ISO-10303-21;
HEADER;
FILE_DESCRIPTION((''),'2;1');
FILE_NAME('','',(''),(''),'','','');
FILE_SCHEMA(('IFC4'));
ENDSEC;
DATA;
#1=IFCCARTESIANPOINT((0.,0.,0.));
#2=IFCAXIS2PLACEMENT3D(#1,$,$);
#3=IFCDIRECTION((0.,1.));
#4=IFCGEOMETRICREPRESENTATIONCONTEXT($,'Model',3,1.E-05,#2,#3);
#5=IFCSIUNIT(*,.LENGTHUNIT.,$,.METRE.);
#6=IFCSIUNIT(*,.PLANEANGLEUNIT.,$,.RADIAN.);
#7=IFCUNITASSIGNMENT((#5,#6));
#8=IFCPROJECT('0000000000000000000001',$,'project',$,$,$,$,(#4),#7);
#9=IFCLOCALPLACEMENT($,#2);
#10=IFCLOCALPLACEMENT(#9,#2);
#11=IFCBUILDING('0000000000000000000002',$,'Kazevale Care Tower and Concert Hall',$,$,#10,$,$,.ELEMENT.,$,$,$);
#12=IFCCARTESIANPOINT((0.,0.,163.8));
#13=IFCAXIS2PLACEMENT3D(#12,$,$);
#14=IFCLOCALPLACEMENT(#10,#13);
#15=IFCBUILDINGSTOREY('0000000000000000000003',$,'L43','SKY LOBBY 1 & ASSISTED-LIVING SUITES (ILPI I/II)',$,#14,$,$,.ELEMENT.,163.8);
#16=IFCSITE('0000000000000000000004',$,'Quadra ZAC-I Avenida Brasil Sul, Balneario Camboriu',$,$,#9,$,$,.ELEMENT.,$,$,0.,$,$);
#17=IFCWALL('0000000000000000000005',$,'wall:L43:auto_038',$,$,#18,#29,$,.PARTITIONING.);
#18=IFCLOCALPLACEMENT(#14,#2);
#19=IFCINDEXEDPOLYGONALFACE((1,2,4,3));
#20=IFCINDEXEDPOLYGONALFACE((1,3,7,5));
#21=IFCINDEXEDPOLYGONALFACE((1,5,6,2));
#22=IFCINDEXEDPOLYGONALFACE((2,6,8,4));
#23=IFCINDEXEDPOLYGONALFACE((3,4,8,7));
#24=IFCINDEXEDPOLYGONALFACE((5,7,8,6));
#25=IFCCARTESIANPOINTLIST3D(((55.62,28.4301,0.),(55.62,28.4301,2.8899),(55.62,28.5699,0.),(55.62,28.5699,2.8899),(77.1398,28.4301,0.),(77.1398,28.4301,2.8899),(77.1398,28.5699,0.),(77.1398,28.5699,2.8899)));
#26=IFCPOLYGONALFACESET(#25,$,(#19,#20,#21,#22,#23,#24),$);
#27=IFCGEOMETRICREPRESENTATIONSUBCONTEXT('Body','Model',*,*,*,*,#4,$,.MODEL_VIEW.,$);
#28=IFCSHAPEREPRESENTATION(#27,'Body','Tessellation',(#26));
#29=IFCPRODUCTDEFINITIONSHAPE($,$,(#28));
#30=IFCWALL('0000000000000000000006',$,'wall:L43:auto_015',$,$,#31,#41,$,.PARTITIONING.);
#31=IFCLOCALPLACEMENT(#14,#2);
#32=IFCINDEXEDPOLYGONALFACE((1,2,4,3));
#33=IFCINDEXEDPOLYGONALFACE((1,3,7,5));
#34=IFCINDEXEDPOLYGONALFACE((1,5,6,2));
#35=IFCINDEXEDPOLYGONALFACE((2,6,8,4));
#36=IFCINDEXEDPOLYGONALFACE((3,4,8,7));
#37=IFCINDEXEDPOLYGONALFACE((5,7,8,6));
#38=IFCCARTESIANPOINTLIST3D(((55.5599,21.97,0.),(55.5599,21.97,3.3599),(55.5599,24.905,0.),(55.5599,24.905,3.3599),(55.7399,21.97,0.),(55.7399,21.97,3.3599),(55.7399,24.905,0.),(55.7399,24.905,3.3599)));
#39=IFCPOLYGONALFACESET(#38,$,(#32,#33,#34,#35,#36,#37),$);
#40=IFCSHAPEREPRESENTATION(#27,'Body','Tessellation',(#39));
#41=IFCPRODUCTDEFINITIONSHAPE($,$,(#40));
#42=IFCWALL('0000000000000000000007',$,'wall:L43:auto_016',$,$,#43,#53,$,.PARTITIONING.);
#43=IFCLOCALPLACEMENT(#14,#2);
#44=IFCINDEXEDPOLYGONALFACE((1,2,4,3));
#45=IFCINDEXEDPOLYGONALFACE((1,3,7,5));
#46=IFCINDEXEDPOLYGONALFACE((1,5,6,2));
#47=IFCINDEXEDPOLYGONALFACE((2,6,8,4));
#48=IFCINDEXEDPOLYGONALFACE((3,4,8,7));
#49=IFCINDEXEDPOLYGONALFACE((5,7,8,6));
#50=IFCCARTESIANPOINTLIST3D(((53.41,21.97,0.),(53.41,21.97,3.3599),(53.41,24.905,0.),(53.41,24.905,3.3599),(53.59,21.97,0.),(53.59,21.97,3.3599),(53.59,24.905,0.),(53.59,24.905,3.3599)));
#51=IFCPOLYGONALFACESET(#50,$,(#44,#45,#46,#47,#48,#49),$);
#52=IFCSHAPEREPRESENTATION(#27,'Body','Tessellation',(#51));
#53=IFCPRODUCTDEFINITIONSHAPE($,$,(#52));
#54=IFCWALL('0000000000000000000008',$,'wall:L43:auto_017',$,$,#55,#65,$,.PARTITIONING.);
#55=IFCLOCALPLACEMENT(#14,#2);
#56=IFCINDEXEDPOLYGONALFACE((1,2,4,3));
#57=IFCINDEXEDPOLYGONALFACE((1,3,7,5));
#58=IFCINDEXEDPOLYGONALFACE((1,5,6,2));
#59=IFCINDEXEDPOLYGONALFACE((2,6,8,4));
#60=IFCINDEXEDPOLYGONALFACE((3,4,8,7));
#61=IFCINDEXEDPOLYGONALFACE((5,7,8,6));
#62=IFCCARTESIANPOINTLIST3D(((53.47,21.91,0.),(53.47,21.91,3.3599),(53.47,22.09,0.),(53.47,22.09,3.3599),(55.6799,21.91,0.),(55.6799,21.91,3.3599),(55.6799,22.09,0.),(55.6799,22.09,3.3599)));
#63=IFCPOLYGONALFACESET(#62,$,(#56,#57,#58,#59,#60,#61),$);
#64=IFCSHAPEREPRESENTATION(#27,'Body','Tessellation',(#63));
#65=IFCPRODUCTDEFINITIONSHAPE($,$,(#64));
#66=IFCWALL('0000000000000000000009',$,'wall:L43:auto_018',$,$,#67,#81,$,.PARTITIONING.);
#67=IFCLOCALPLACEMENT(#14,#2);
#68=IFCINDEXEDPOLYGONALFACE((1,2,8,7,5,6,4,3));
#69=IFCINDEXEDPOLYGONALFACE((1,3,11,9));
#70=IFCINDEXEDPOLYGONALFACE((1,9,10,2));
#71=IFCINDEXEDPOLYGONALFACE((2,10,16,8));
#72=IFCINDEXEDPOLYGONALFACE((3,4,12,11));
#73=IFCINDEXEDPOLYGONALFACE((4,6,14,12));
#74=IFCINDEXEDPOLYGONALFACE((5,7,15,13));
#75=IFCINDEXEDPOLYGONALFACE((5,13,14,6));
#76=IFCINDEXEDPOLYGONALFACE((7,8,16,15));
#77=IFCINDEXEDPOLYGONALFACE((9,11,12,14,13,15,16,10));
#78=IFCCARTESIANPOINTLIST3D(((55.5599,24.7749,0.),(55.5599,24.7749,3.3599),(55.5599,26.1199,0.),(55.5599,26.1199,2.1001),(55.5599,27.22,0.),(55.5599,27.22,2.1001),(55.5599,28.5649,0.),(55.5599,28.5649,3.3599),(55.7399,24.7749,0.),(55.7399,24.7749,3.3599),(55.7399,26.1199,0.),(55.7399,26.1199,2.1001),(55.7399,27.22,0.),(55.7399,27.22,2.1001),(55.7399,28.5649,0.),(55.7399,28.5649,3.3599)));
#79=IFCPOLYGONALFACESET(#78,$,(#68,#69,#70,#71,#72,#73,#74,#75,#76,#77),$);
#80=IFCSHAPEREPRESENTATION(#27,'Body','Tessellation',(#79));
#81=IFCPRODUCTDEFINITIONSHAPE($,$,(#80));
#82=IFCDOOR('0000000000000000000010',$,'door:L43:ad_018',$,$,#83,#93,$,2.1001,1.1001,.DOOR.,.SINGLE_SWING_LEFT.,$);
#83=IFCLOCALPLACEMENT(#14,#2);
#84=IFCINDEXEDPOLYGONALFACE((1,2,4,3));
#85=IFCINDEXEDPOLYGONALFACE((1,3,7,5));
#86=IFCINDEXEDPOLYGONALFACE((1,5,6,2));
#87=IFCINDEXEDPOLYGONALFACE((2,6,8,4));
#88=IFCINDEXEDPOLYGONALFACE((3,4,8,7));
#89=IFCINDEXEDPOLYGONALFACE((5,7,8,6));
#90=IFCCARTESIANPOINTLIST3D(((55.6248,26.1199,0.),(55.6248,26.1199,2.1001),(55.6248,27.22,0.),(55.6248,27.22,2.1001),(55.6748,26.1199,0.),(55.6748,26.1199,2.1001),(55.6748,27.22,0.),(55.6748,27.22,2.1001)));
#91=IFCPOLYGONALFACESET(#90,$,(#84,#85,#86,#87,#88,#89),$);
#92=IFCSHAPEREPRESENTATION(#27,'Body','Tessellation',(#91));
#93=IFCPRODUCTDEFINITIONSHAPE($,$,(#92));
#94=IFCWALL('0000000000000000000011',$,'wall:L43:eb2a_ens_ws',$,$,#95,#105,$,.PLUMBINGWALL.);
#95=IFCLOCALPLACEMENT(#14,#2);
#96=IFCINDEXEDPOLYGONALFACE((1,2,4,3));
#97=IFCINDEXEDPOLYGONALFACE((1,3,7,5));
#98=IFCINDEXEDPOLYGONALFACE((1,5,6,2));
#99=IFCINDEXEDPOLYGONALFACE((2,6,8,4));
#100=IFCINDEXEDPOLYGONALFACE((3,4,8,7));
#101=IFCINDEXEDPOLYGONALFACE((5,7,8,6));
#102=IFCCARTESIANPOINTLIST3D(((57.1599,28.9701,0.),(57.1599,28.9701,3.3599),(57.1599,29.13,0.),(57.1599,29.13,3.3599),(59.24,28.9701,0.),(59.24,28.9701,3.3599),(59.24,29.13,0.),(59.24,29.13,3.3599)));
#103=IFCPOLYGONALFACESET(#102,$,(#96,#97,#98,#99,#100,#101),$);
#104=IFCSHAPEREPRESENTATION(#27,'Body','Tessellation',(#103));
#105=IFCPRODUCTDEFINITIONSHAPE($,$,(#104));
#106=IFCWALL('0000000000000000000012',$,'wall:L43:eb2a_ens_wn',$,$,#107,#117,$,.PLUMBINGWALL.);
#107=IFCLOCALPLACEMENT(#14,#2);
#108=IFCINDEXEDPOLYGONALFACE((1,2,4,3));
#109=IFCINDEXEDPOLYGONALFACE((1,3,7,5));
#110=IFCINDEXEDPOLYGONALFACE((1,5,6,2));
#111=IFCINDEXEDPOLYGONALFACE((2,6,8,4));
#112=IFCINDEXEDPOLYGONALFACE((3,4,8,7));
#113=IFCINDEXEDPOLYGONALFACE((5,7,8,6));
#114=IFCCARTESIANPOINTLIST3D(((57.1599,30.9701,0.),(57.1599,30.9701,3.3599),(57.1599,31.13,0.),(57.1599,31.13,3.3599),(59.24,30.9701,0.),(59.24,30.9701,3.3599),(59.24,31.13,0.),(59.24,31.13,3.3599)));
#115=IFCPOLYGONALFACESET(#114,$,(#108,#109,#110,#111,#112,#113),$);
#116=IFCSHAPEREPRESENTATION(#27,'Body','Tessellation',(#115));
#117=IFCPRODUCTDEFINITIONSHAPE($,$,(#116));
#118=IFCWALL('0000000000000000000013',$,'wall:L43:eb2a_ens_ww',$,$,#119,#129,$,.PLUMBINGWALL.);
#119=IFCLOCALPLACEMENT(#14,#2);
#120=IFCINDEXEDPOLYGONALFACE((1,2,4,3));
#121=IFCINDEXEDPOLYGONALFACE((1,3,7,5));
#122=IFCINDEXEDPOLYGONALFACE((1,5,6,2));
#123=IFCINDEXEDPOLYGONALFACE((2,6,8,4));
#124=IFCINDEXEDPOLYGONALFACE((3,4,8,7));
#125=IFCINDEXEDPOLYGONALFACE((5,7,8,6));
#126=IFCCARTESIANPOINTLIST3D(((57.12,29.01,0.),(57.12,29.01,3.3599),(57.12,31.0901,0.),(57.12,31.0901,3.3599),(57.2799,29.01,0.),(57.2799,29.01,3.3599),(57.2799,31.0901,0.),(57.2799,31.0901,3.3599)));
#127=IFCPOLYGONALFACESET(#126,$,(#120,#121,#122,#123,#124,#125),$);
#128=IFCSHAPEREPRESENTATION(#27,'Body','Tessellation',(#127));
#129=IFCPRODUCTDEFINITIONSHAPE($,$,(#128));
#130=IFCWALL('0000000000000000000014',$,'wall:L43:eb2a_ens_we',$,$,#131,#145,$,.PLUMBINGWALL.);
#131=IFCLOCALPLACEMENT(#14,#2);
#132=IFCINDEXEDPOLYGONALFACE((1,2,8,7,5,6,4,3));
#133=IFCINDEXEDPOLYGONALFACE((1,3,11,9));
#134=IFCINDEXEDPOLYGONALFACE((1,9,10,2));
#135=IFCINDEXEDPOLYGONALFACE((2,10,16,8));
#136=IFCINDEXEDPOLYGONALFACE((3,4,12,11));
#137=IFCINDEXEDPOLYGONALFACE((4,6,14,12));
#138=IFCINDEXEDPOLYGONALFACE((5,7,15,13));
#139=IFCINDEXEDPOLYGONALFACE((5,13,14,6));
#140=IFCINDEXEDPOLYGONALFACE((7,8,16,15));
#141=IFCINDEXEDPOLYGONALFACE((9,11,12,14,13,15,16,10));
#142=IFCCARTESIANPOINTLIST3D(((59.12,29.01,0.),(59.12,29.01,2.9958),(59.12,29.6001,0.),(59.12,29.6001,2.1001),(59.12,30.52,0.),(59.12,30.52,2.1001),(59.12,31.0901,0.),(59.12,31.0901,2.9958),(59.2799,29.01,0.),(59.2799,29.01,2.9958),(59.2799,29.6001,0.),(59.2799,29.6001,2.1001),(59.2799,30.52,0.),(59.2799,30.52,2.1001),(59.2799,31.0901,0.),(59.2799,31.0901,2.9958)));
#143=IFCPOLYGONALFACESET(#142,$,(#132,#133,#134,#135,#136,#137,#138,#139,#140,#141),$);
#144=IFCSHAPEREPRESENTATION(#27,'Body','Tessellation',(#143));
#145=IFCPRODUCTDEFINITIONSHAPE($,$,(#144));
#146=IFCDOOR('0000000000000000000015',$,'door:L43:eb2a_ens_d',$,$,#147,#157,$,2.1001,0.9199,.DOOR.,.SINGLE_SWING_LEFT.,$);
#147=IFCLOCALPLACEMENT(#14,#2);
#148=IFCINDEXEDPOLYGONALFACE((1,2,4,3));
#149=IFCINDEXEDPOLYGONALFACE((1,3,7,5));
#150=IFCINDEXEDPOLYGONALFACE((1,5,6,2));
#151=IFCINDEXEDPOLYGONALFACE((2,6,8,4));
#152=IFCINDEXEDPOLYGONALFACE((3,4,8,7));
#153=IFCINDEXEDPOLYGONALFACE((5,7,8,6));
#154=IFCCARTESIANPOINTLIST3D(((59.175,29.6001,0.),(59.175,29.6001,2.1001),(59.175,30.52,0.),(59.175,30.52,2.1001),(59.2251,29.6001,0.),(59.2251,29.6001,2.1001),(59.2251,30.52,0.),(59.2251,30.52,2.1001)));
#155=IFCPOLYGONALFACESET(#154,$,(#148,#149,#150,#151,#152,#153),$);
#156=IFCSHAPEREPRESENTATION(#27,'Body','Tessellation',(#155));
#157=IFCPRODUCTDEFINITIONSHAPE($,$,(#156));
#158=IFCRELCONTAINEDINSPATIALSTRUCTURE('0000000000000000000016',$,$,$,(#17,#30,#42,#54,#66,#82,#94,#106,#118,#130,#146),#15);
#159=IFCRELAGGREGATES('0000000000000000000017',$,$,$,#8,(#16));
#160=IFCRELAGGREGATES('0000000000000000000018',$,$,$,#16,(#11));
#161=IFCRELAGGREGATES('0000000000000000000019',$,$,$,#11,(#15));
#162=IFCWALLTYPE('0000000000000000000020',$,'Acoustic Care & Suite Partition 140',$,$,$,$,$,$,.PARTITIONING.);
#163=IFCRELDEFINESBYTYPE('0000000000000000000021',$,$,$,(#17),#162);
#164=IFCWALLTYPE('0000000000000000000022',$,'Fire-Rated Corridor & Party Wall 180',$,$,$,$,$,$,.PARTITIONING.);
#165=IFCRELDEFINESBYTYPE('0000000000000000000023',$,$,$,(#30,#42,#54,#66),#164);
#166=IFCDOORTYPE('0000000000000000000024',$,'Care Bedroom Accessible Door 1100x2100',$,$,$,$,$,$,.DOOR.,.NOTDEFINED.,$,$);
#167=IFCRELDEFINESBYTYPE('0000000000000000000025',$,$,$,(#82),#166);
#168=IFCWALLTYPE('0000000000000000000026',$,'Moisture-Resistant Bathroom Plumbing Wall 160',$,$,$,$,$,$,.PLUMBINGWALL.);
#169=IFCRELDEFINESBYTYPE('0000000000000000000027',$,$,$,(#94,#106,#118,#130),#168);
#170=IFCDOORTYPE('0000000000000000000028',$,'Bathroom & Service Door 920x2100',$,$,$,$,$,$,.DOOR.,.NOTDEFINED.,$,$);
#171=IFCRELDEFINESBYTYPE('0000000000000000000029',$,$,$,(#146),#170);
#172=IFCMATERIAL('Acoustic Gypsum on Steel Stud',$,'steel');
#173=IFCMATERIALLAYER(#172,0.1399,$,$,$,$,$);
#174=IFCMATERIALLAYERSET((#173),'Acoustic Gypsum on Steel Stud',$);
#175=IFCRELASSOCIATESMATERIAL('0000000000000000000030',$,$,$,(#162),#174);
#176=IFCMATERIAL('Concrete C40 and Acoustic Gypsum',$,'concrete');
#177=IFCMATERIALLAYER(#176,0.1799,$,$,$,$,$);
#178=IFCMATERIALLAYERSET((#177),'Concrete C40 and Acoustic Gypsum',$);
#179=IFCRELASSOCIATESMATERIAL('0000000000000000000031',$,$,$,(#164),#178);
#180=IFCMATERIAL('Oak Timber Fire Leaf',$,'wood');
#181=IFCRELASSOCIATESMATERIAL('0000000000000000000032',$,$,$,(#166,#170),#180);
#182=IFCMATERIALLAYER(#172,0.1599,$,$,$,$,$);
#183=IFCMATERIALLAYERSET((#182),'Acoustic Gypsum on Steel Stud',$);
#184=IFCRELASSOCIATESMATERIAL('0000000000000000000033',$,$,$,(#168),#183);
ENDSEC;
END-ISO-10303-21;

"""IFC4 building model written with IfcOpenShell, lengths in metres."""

from ifc_helpers import new_model, si_unit, direction, frame, frame_2d, origin, place, context, subcontext, project, spatial, rectangle, extrude, material, layer, layer_set, type_object, element, fill, save


model = new_model("IFC4")

# Units and contexts
model_context = context("Model", 3, precision=1e-05, world=origin(), true_north=direction((0.0, 1.0)))
body_context = subcontext(model_context, "Body", "Model", "MODEL_VIEW")
ifc_project = project(units=[si_unit("LENGTHUNIT", "METRE"), si_unit("PLANEANGLEUNIT", "RADIAN")], contexts=[model_context])

# Site, building, storey
site_placement = place(None, origin())
site = spatial("IfcSite", under=ifc_project, at=site_placement, Name="Quadra ZAC-I Avenida Brasil Sul, Balneario Camboriu", CompositionType="ELEMENT", RefElevation=0.0)
building_placement = place(site_placement, origin())
building = spatial("IfcBuilding", under=site, at=building_placement, Name="Kazevale Care Tower and Concert Hall", CompositionType="ELEMENT")
storey_placement = place(building_placement, frame((0.0, 0.0, 163.8)))
storey = spatial("IfcBuildingStorey", under=building, at=storey_placement, Name="L43", Description="SKY LOBBY 1 & ASSISTED-LIVING SUITES (ILPI I/II)", CompositionType="ELEMENT", Elevation=163.8)

# Walls
ifc_material_1 = material(Name="Acoustic Gypsum on Steel Stud", Category="steel")
ifc_layer_1 = layer(ifc_material_1, 0.1399)
ifc_layer_set_1 = layer_set([ifc_layer_1], Name="Acoustic Gypsum on Steel Stud")
wall_type_1 = type_object("IfcWallType", Name="Acoustic Care & Suite Partition 140", PredefinedType="PARTITIONING", material=ifc_layer_set_1)
wall_1_placement = place(storey_placement, frame((55.6201, 28.5, 0.0), z_axis=(0.0, 0.0, 1.0), x_axis=(1.0, 0.0, 0.0)))
element("IfcWall", 1, at=wall_1_placement, inside=storey, type_object=wall_type_1, Name="wall:L43:auto_038", PredefinedType="PARTITIONING", context=body_context, shape_type="SweptSolid", body=[
    extrude(rectangle(XDim=21.5198, YDim=0.1399, at=frame_2d((10.7598, 0.0))), origin(), (0.0, 0.0, 1.0), 2.8899),
])
ifc_material_2 = material(Name="Concrete C40 and Acoustic Gypsum", Category="concrete")
ifc_layer_2 = layer(ifc_material_2, 0.1799)
ifc_layer_set_2 = layer_set([ifc_layer_2], Name="Concrete C40 and Acoustic Gypsum")
wall_type_2 = type_object("IfcWallType", Name="Fire-Rated Corridor & Party Wall 180", PredefinedType="PARTITIONING", material=ifc_layer_set_2)
for number, where, z_axis, x_axis, name in (
    (2, (55.6499, 24.905, 0.0), (0.0, 0.0, 1.0), (0.0, -1.0, 0.0), "wall:L43:auto_015"),
    (3, (53.5, 21.97, 0.0), (0.0, 0.0, 1.0), (0.0, 1.0, 0.0), "wall:L43:auto_016"),
):
    element("IfcWall", number, at=place(storey_placement, frame(where, z_axis=z_axis, x_axis=x_axis)), inside=storey, type_object=wall_type_2, Name=name, PredefinedType="PARTITIONING", context=body_context, shape_type="SweptSolid", body=[
        extrude(rectangle(XDim=2.9351, YDim=0.1799, at=frame_2d((1.4675, 0.0))), origin(), (0.0, 0.0, 1.0), 3.3599),
    ])
wall_2_placement = place(storey_placement, frame((55.6799, 22.0, 0.0), z_axis=(0.0, 0.0, 1.0), x_axis=(-1.0, 0.0, 0.0)))
element("IfcWall", 4, at=wall_2_placement, inside=storey, type_object=wall_type_2, Name="wall:L43:auto_017", PredefinedType="PARTITIONING", context=body_context, shape_type="SweptSolid", body=[
    extrude(rectangle(XDim=2.21, YDim=0.1799, at=frame_2d((1.105, 0.0))), origin(), (0.0, 0.0, 1.0), 3.3599),
])

# Wall, opening, door
wall_3_placement = place(storey_placement, frame((55.6499, 28.5649, 0.0), z_axis=(0.0, 0.0, 1.0), x_axis=(0.0, -1.0, 0.0)))
wall_3 = element("IfcWall", 5, at=wall_3_placement, inside=storey, type_object=wall_type_2, Name="wall:L43:auto_018", PredefinedType="PARTITIONING", context=body_context, shape_type="SweptSolid", body=[
    extrude(rectangle(XDim=3.79, YDim=0.1799, at=frame_2d((1.895, 0.0))), origin(), (0.0, 0.0, 1.0), 3.3599),
])
opening_1_placement = place(wall_3_placement, frame((1.345, 0.0, 0.0)))
opening_1 = element("IfcOpeningElement", 6, at=opening_1_placement, cuts=wall_3, PredefinedType="OPENING", context=body_context, shape_type="SweptSolid", body=[
    extrude(rectangle(XDim=1.1001, YDim=2.1001, at=frame_2d((0.55, 1.05))), frame((0.0, 0.0999, 0.0), z_axis=(0.0, -1.0, 0.0), x_axis=(1.0, 0.0, 0.0)), (0.0, 0.0, 1.0), 0.2),
])
ifc_material_3 = material(Name="Oak Timber Fire Leaf", Category="wood")
door_type_1 = type_object("IfcDoorType", Name="Care Bedroom Accessible Door 1100x2100", OperationType="NOTDEFINED", PredefinedType="DOOR", material=ifc_material_3)
door_1_placement = place(opening_1_placement, origin())
door_1 = element("IfcDoor", 7, at=door_1_placement, inside=storey, type_object=door_type_1, Name="door:L43:ad_018", OperationType="SINGLE_SWING_LEFT", OverallHeight=2.1001, OverallWidth=1.1001, PredefinedType="DOOR", context=body_context, shape_type="SweptSolid", body=[
    extrude(rectangle(XDim=1.1001, YDim=2.1001, at=frame_2d((0.55, 1.05))), frame((0.0, 0.0249, 0.0), z_axis=(0.0, -1.0, 0.0), x_axis=(1.0, 0.0, 0.0)), (0.0, 0.0, 1.0), 0.05),
])
fill(opening_1, door_1)

# Walls
ifc_layer_3 = layer(ifc_material_1, 0.1599)
ifc_layer_set_3 = layer_set([ifc_layer_3], Name="Acoustic Gypsum on Steel Stud")
wall_type_3 = type_object("IfcWallType", Name="Moisture-Resistant Bathroom Plumbing Wall 160", PredefinedType="PLUMBINGWALL", material=ifc_layer_set_3)
for number, where, z_axis, x_axis, name in (
    (8, (57.1599, 29.05, 0.0), (0.0, 0.0, 1.0), (1.0, 0.0, 0.0), "wall:L43:eb2a_ens_ws"),
    (9, (57.1599, 31.05, 0.0), (0.0, 0.0, 1.0), (1.0, 0.0, 0.0), "wall:L43:eb2a_ens_wn"),
    (10, (57.2, 29.01, 0.0), (0.0, 0.0, 1.0), (0.0, 1.0, 0.0), "wall:L43:eb2a_ens_ww"),
):
    element("IfcWall", number, at=place(storey_placement, frame(where, z_axis=z_axis, x_axis=x_axis)), inside=storey, type_object=wall_type_3, Name=name, PredefinedType="PLUMBINGWALL", context=body_context, shape_type="SweptSolid", body=[
        extrude(rectangle(XDim=2.0801, YDim=0.1599, at=frame_2d((1.04, 0.0))), origin(), (0.0, 0.0, 1.0), 3.3599),
    ])

# Wall, opening, door
wall_4_placement = place(storey_placement, frame((59.2, 29.01, 0.0), z_axis=(0.0, 0.0, 1.0), x_axis=(0.0, 1.0, 0.0)))
wall_4 = element("IfcWall", 11, at=wall_4_placement, inside=storey, type_object=wall_type_3, Name="wall:L43:eb2a_ens_we", PredefinedType="PLUMBINGWALL", context=body_context, shape_type="SweptSolid", body=[
    extrude(rectangle(XDim=2.0801, YDim=0.1599, at=frame_2d((1.04, 0.0))), origin(), (0.0, 0.0, 1.0), 2.9958),
])
opening_2_placement = place(wall_4_placement, frame((0.5901, 0.0, 0.0)))
opening_2 = element("IfcOpeningElement", 12, at=opening_2_placement, cuts=wall_4, PredefinedType="OPENING", context=body_context, shape_type="SweptSolid", body=[
    extrude(rectangle(XDim=0.9199, YDim=2.1001, at=frame_2d((0.46, 1.05))), frame((0.0, 0.0898, 0.0), z_axis=(0.0, -1.0, 0.0), x_axis=(1.0, 0.0, 0.0)), (0.0, 0.0, 1.0), 0.1799),
])
door_type_2 = type_object("IfcDoorType", Name="Bathroom & Service Door 920x2100", OperationType="NOTDEFINED", PredefinedType="DOOR", material=ifc_material_3)
door_2_placement = place(opening_2_placement, origin())
door_2 = element("IfcDoor", 13, at=door_2_placement, inside=storey, type_object=door_type_2, Name="door:L43:eb2a_ens_d", OperationType="SINGLE_SWING_LEFT", OverallHeight=2.1001, OverallWidth=0.9199, PredefinedType="DOOR", context=body_context, shape_type="SweptSolid", body=[
    extrude(rectangle(XDim=0.9199, YDim=2.1001, at=frame_2d((0.46, 1.05))), frame((0.0, 0.0249, 0.0), z_axis=(0.0, -1.0, 0.0), x_axis=(1.0, 0.0, 0.0)), (0.0, 0.0, 1.0), 0.05),
])
fill(opening_2, door_2)

save(model, "model.ifc")
